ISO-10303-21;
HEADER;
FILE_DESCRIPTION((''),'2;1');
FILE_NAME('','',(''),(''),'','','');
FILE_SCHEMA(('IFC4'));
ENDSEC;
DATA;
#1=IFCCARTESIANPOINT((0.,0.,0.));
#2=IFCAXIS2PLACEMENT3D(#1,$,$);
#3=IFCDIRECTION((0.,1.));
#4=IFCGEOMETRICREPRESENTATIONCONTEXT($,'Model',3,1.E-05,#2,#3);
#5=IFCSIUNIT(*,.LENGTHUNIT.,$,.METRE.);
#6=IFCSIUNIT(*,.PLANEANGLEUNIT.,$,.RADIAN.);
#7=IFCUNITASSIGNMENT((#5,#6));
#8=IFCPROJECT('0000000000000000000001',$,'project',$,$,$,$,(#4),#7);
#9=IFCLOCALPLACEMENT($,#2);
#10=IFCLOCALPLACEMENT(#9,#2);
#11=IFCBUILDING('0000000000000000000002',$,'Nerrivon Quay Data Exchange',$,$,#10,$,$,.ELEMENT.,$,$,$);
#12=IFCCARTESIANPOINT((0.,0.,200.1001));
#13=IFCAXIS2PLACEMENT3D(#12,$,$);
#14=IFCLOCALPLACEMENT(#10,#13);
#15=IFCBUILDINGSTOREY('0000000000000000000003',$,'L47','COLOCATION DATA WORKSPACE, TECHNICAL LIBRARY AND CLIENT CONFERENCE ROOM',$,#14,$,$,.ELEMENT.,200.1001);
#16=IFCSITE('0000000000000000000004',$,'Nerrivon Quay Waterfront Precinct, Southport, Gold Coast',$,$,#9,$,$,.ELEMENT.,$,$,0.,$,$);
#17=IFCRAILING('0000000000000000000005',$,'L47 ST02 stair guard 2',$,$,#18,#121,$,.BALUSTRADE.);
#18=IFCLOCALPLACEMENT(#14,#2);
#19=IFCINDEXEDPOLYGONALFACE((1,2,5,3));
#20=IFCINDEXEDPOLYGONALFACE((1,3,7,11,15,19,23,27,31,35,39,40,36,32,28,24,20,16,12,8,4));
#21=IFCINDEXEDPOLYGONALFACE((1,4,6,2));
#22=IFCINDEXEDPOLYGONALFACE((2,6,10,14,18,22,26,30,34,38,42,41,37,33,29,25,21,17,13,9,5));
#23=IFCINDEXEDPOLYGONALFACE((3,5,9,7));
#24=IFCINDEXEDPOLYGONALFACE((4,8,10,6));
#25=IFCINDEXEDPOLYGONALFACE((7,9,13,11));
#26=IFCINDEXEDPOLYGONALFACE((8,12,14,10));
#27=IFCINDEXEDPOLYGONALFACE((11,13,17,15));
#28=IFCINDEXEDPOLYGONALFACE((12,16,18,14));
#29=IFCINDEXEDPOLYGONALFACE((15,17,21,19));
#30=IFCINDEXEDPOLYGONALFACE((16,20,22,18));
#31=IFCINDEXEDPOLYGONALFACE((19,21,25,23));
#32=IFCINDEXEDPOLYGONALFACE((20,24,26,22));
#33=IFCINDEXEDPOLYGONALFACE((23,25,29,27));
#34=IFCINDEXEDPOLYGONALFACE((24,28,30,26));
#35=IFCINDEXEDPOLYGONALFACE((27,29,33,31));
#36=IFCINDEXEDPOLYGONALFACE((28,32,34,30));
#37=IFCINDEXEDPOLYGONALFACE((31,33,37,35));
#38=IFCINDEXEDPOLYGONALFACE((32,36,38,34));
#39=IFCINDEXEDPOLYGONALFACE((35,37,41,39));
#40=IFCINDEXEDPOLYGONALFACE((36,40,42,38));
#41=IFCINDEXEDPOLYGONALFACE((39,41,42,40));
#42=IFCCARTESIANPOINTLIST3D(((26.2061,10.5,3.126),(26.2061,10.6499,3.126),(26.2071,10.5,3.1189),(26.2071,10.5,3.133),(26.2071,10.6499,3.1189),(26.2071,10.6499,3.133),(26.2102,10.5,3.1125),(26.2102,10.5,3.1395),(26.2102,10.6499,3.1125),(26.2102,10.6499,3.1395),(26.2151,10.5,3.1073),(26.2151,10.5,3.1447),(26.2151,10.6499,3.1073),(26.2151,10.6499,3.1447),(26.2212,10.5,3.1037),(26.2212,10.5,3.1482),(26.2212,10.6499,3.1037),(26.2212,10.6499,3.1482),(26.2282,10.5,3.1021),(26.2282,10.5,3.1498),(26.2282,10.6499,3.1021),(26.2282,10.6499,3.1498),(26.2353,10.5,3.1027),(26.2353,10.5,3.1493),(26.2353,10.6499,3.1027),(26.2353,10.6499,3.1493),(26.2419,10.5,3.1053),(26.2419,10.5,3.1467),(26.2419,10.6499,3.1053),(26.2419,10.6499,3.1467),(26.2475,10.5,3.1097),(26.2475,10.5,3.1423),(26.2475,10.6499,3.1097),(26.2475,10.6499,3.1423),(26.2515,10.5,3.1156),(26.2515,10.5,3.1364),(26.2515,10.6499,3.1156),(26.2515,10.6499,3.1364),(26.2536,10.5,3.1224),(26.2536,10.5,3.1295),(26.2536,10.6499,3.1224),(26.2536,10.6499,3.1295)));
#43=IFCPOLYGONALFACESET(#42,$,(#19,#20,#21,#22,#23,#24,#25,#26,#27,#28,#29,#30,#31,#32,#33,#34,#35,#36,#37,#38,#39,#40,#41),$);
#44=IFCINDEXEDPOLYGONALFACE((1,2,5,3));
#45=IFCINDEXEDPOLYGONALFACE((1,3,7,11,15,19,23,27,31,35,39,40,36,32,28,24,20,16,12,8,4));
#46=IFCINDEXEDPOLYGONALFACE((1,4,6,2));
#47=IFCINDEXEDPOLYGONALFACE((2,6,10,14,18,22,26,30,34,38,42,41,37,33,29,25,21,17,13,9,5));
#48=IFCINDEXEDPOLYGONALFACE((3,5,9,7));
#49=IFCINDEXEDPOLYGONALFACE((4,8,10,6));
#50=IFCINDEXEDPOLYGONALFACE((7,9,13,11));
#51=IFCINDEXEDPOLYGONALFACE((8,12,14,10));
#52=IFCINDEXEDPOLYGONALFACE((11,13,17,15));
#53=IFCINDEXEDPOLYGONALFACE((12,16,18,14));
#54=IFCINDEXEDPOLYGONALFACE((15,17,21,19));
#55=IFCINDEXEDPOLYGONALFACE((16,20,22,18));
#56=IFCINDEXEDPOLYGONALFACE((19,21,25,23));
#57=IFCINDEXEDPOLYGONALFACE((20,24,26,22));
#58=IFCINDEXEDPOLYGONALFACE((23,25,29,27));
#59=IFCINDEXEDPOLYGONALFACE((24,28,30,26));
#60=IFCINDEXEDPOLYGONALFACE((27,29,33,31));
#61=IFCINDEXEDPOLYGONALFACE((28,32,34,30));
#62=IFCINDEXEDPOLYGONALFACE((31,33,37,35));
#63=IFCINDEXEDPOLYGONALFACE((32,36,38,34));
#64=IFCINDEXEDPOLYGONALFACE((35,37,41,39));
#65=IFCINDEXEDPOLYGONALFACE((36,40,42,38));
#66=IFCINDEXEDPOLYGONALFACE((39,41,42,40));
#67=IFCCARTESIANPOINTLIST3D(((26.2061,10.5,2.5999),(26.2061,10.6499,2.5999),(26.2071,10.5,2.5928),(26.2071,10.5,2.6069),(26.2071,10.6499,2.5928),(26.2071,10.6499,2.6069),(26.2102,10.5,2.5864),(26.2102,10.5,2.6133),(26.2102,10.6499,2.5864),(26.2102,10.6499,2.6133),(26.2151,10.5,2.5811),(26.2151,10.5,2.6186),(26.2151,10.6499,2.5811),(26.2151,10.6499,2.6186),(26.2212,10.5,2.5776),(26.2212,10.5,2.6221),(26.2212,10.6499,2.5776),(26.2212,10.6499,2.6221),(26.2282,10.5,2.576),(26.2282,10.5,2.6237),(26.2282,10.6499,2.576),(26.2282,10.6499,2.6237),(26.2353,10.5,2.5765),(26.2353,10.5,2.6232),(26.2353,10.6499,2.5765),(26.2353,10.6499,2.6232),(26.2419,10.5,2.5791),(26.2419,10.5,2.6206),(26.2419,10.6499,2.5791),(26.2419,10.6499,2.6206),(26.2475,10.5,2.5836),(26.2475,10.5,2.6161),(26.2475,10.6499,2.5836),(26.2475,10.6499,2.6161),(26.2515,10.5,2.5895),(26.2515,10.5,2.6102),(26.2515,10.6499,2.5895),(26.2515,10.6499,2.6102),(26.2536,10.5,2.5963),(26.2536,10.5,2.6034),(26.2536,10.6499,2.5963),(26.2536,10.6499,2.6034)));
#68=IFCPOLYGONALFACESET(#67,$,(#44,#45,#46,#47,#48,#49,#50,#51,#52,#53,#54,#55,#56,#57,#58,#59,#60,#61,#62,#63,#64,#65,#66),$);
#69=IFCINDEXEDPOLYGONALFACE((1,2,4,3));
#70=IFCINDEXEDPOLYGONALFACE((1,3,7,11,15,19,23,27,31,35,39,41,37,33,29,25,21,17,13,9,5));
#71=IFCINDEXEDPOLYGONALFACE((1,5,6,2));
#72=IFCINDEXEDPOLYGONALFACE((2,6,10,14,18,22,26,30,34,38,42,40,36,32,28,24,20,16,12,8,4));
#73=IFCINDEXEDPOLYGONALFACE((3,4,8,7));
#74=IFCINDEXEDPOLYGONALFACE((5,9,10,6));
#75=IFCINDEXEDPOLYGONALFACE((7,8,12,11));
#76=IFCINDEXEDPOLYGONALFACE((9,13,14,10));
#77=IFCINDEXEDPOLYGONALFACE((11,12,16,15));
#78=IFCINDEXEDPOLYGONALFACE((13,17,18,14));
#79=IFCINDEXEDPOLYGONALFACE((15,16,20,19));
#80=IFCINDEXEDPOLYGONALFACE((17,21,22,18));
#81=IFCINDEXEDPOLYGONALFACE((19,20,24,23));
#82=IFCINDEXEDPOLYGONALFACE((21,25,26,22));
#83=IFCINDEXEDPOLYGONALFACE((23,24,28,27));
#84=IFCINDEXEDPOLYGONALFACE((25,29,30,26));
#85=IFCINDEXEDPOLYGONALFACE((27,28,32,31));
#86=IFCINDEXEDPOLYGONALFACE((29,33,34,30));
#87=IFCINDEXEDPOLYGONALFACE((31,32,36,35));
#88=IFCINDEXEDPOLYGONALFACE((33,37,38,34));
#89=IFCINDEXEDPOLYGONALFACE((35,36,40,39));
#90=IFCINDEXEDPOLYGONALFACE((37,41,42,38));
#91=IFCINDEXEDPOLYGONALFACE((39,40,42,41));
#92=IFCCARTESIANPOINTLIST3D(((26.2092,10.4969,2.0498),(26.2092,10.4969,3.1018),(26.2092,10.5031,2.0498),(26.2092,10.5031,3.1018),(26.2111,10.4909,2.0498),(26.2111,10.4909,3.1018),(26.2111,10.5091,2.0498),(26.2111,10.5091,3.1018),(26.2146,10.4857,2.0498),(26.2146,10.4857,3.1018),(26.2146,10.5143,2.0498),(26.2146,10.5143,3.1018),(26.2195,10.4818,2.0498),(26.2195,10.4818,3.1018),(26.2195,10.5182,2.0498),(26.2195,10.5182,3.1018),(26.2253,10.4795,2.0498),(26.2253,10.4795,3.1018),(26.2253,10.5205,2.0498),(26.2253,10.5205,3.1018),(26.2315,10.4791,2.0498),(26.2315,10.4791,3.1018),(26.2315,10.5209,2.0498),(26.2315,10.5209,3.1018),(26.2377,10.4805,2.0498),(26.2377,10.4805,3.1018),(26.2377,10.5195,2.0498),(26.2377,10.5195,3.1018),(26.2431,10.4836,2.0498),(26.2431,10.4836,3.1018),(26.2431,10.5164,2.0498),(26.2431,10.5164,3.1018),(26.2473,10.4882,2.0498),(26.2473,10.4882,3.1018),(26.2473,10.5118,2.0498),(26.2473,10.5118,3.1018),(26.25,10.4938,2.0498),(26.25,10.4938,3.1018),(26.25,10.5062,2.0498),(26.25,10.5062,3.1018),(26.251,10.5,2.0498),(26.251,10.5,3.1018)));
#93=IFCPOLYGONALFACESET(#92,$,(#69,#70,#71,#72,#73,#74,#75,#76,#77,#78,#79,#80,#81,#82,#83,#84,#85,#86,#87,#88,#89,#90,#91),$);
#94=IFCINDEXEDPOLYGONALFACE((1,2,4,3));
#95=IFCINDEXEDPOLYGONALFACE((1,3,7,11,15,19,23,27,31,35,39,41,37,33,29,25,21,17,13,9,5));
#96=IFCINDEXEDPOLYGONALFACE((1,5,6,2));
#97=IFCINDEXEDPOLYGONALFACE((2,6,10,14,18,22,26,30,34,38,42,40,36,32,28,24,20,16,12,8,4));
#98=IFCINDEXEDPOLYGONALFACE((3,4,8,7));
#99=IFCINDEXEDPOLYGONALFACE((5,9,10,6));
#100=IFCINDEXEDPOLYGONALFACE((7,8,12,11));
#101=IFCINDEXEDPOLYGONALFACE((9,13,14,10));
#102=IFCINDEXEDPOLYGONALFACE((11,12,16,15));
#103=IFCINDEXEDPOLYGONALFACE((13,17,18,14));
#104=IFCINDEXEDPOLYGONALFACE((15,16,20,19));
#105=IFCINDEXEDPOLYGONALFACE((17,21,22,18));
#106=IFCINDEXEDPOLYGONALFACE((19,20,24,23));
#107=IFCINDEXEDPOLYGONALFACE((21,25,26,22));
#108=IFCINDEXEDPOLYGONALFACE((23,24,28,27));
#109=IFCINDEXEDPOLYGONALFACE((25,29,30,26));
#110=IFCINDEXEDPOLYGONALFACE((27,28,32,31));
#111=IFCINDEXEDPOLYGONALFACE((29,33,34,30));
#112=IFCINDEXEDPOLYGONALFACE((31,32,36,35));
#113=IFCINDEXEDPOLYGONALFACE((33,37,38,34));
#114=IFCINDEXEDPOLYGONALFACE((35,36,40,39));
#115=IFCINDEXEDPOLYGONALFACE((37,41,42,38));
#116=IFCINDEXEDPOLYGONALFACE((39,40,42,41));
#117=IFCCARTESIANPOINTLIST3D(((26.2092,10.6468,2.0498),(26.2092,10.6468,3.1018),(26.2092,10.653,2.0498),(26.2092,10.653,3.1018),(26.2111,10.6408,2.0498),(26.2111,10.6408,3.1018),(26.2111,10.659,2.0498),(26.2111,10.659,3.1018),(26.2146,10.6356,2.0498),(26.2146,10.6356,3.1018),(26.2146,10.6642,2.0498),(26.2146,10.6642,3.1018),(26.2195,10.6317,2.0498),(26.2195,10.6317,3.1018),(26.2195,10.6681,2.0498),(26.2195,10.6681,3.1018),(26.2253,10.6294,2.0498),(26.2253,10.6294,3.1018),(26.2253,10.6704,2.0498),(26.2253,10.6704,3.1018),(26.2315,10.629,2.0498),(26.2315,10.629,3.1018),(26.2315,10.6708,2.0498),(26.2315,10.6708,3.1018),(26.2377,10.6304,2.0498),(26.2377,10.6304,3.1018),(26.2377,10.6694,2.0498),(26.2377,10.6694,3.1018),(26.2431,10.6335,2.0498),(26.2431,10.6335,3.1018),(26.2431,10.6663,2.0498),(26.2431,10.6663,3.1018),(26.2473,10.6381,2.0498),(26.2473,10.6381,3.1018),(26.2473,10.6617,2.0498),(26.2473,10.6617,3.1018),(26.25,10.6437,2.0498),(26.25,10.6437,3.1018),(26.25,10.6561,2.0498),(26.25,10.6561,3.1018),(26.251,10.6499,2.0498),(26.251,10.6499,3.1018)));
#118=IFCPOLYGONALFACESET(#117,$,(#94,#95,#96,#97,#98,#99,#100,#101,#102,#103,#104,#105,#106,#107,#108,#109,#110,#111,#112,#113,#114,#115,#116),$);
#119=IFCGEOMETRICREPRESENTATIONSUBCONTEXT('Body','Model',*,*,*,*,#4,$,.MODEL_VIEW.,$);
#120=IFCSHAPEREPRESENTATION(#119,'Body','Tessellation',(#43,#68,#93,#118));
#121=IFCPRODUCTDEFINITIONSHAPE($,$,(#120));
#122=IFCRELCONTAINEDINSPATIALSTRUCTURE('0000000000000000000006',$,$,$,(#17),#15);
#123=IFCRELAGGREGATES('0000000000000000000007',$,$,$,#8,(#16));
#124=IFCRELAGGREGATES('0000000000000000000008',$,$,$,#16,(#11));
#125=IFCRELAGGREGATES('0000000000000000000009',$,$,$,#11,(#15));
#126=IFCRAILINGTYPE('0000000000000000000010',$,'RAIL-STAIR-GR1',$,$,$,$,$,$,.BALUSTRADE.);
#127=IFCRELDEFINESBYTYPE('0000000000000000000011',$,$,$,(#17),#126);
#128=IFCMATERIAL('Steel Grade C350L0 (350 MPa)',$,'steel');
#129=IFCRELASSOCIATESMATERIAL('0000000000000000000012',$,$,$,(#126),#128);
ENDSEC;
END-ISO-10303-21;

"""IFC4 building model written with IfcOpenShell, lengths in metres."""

from ifc_helpers import new_model, si_unit, direction, frame, origin, origin_2d, place, context, subcontext, project, spatial, circle, extrude, material, type_object, element, save


model = new_model("IFC4")

# Units and contexts
model_context = context("Model", 3, precision=1e-05, world=origin(), true_north=direction((0.0, 1.0)))
body_context = subcontext(model_context, "Body", "Model", "MODEL_VIEW")
ifc_project = project(units=[si_unit("LENGTHUNIT", "METRE"), si_unit("PLANEANGLEUNIT", "RADIAN")], contexts=[model_context])

# Site, building, storey
site_placement = place(None, origin())
site = spatial("IfcSite", under=ifc_project, at=site_placement, Name="Nerrivon Quay Waterfront Precinct, Southport, Gold Coast", CompositionType="ELEMENT", RefElevation=0.0)
building_placement = place(site_placement, origin())
building = spatial("IfcBuilding", under=site, at=building_placement, Name="Nerrivon Quay Data Exchange", CompositionType="ELEMENT")
storey_placement = place(building_placement, frame((0.0, 0.0, 200.1001)))
storey = spatial("IfcBuildingStorey", under=building, at=storey_placement, Name="L47", Description="COLOCATION DATA WORKSPACE, TECHNICAL LIBRARY AND CLIENT CONFERENCE ROOM", CompositionType="ELEMENT", Elevation=200.1001)

# Shared definitions
ifc_material_1 = material(Name="Steel Grade C350L0 (350 MPa)", Category="steel")

# Railing
railing_type_1 = type_object("IfcRailingType", Name="RAIL-STAIR-GR1", PredefinedType="BALUSTRADE", material=ifc_material_1)
railing_1_placement = place(storey_placement, frame((26.23, 10.5, 2.0498)))
element("IfcRailing", 1, at=railing_1_placement, inside=storey, type_object=railing_type_1, Name="L47 ST02 stair guard 2", PredefinedType="BALUSTRADE", context=body_context, shape_type="SweptSolid", body=[
    extrude(circle(Radius=0.0239, at=origin_2d()), frame((0.0, 0.0, 1.0762), z_axis=(0.0, 1.0, 0.0), x_axis=(-1.0, 0.0, 0.0)), (0.0, 0.0, 1.0), 0.1499),
    extrude(circle(Radius=0.0239, at=origin_2d()), frame((0.0, 0.0, 0.55), z_axis=(0.0, 1.0, 0.0), x_axis=(-1.0, 0.0, 0.0)), (0.0, 0.0, 1.0), 0.1499),
    extrude(circle(Radius=0.021, at=origin_2d()), origin(), (0.0, 0.0, 1.0), 1.052),
    extrude(circle(Radius=0.021, at=origin_2d()), frame((0.0, 0.1499, 0.0)), (0.0, 0.0, 1.0), 1.052),
])

save(model, "model.ifc")
